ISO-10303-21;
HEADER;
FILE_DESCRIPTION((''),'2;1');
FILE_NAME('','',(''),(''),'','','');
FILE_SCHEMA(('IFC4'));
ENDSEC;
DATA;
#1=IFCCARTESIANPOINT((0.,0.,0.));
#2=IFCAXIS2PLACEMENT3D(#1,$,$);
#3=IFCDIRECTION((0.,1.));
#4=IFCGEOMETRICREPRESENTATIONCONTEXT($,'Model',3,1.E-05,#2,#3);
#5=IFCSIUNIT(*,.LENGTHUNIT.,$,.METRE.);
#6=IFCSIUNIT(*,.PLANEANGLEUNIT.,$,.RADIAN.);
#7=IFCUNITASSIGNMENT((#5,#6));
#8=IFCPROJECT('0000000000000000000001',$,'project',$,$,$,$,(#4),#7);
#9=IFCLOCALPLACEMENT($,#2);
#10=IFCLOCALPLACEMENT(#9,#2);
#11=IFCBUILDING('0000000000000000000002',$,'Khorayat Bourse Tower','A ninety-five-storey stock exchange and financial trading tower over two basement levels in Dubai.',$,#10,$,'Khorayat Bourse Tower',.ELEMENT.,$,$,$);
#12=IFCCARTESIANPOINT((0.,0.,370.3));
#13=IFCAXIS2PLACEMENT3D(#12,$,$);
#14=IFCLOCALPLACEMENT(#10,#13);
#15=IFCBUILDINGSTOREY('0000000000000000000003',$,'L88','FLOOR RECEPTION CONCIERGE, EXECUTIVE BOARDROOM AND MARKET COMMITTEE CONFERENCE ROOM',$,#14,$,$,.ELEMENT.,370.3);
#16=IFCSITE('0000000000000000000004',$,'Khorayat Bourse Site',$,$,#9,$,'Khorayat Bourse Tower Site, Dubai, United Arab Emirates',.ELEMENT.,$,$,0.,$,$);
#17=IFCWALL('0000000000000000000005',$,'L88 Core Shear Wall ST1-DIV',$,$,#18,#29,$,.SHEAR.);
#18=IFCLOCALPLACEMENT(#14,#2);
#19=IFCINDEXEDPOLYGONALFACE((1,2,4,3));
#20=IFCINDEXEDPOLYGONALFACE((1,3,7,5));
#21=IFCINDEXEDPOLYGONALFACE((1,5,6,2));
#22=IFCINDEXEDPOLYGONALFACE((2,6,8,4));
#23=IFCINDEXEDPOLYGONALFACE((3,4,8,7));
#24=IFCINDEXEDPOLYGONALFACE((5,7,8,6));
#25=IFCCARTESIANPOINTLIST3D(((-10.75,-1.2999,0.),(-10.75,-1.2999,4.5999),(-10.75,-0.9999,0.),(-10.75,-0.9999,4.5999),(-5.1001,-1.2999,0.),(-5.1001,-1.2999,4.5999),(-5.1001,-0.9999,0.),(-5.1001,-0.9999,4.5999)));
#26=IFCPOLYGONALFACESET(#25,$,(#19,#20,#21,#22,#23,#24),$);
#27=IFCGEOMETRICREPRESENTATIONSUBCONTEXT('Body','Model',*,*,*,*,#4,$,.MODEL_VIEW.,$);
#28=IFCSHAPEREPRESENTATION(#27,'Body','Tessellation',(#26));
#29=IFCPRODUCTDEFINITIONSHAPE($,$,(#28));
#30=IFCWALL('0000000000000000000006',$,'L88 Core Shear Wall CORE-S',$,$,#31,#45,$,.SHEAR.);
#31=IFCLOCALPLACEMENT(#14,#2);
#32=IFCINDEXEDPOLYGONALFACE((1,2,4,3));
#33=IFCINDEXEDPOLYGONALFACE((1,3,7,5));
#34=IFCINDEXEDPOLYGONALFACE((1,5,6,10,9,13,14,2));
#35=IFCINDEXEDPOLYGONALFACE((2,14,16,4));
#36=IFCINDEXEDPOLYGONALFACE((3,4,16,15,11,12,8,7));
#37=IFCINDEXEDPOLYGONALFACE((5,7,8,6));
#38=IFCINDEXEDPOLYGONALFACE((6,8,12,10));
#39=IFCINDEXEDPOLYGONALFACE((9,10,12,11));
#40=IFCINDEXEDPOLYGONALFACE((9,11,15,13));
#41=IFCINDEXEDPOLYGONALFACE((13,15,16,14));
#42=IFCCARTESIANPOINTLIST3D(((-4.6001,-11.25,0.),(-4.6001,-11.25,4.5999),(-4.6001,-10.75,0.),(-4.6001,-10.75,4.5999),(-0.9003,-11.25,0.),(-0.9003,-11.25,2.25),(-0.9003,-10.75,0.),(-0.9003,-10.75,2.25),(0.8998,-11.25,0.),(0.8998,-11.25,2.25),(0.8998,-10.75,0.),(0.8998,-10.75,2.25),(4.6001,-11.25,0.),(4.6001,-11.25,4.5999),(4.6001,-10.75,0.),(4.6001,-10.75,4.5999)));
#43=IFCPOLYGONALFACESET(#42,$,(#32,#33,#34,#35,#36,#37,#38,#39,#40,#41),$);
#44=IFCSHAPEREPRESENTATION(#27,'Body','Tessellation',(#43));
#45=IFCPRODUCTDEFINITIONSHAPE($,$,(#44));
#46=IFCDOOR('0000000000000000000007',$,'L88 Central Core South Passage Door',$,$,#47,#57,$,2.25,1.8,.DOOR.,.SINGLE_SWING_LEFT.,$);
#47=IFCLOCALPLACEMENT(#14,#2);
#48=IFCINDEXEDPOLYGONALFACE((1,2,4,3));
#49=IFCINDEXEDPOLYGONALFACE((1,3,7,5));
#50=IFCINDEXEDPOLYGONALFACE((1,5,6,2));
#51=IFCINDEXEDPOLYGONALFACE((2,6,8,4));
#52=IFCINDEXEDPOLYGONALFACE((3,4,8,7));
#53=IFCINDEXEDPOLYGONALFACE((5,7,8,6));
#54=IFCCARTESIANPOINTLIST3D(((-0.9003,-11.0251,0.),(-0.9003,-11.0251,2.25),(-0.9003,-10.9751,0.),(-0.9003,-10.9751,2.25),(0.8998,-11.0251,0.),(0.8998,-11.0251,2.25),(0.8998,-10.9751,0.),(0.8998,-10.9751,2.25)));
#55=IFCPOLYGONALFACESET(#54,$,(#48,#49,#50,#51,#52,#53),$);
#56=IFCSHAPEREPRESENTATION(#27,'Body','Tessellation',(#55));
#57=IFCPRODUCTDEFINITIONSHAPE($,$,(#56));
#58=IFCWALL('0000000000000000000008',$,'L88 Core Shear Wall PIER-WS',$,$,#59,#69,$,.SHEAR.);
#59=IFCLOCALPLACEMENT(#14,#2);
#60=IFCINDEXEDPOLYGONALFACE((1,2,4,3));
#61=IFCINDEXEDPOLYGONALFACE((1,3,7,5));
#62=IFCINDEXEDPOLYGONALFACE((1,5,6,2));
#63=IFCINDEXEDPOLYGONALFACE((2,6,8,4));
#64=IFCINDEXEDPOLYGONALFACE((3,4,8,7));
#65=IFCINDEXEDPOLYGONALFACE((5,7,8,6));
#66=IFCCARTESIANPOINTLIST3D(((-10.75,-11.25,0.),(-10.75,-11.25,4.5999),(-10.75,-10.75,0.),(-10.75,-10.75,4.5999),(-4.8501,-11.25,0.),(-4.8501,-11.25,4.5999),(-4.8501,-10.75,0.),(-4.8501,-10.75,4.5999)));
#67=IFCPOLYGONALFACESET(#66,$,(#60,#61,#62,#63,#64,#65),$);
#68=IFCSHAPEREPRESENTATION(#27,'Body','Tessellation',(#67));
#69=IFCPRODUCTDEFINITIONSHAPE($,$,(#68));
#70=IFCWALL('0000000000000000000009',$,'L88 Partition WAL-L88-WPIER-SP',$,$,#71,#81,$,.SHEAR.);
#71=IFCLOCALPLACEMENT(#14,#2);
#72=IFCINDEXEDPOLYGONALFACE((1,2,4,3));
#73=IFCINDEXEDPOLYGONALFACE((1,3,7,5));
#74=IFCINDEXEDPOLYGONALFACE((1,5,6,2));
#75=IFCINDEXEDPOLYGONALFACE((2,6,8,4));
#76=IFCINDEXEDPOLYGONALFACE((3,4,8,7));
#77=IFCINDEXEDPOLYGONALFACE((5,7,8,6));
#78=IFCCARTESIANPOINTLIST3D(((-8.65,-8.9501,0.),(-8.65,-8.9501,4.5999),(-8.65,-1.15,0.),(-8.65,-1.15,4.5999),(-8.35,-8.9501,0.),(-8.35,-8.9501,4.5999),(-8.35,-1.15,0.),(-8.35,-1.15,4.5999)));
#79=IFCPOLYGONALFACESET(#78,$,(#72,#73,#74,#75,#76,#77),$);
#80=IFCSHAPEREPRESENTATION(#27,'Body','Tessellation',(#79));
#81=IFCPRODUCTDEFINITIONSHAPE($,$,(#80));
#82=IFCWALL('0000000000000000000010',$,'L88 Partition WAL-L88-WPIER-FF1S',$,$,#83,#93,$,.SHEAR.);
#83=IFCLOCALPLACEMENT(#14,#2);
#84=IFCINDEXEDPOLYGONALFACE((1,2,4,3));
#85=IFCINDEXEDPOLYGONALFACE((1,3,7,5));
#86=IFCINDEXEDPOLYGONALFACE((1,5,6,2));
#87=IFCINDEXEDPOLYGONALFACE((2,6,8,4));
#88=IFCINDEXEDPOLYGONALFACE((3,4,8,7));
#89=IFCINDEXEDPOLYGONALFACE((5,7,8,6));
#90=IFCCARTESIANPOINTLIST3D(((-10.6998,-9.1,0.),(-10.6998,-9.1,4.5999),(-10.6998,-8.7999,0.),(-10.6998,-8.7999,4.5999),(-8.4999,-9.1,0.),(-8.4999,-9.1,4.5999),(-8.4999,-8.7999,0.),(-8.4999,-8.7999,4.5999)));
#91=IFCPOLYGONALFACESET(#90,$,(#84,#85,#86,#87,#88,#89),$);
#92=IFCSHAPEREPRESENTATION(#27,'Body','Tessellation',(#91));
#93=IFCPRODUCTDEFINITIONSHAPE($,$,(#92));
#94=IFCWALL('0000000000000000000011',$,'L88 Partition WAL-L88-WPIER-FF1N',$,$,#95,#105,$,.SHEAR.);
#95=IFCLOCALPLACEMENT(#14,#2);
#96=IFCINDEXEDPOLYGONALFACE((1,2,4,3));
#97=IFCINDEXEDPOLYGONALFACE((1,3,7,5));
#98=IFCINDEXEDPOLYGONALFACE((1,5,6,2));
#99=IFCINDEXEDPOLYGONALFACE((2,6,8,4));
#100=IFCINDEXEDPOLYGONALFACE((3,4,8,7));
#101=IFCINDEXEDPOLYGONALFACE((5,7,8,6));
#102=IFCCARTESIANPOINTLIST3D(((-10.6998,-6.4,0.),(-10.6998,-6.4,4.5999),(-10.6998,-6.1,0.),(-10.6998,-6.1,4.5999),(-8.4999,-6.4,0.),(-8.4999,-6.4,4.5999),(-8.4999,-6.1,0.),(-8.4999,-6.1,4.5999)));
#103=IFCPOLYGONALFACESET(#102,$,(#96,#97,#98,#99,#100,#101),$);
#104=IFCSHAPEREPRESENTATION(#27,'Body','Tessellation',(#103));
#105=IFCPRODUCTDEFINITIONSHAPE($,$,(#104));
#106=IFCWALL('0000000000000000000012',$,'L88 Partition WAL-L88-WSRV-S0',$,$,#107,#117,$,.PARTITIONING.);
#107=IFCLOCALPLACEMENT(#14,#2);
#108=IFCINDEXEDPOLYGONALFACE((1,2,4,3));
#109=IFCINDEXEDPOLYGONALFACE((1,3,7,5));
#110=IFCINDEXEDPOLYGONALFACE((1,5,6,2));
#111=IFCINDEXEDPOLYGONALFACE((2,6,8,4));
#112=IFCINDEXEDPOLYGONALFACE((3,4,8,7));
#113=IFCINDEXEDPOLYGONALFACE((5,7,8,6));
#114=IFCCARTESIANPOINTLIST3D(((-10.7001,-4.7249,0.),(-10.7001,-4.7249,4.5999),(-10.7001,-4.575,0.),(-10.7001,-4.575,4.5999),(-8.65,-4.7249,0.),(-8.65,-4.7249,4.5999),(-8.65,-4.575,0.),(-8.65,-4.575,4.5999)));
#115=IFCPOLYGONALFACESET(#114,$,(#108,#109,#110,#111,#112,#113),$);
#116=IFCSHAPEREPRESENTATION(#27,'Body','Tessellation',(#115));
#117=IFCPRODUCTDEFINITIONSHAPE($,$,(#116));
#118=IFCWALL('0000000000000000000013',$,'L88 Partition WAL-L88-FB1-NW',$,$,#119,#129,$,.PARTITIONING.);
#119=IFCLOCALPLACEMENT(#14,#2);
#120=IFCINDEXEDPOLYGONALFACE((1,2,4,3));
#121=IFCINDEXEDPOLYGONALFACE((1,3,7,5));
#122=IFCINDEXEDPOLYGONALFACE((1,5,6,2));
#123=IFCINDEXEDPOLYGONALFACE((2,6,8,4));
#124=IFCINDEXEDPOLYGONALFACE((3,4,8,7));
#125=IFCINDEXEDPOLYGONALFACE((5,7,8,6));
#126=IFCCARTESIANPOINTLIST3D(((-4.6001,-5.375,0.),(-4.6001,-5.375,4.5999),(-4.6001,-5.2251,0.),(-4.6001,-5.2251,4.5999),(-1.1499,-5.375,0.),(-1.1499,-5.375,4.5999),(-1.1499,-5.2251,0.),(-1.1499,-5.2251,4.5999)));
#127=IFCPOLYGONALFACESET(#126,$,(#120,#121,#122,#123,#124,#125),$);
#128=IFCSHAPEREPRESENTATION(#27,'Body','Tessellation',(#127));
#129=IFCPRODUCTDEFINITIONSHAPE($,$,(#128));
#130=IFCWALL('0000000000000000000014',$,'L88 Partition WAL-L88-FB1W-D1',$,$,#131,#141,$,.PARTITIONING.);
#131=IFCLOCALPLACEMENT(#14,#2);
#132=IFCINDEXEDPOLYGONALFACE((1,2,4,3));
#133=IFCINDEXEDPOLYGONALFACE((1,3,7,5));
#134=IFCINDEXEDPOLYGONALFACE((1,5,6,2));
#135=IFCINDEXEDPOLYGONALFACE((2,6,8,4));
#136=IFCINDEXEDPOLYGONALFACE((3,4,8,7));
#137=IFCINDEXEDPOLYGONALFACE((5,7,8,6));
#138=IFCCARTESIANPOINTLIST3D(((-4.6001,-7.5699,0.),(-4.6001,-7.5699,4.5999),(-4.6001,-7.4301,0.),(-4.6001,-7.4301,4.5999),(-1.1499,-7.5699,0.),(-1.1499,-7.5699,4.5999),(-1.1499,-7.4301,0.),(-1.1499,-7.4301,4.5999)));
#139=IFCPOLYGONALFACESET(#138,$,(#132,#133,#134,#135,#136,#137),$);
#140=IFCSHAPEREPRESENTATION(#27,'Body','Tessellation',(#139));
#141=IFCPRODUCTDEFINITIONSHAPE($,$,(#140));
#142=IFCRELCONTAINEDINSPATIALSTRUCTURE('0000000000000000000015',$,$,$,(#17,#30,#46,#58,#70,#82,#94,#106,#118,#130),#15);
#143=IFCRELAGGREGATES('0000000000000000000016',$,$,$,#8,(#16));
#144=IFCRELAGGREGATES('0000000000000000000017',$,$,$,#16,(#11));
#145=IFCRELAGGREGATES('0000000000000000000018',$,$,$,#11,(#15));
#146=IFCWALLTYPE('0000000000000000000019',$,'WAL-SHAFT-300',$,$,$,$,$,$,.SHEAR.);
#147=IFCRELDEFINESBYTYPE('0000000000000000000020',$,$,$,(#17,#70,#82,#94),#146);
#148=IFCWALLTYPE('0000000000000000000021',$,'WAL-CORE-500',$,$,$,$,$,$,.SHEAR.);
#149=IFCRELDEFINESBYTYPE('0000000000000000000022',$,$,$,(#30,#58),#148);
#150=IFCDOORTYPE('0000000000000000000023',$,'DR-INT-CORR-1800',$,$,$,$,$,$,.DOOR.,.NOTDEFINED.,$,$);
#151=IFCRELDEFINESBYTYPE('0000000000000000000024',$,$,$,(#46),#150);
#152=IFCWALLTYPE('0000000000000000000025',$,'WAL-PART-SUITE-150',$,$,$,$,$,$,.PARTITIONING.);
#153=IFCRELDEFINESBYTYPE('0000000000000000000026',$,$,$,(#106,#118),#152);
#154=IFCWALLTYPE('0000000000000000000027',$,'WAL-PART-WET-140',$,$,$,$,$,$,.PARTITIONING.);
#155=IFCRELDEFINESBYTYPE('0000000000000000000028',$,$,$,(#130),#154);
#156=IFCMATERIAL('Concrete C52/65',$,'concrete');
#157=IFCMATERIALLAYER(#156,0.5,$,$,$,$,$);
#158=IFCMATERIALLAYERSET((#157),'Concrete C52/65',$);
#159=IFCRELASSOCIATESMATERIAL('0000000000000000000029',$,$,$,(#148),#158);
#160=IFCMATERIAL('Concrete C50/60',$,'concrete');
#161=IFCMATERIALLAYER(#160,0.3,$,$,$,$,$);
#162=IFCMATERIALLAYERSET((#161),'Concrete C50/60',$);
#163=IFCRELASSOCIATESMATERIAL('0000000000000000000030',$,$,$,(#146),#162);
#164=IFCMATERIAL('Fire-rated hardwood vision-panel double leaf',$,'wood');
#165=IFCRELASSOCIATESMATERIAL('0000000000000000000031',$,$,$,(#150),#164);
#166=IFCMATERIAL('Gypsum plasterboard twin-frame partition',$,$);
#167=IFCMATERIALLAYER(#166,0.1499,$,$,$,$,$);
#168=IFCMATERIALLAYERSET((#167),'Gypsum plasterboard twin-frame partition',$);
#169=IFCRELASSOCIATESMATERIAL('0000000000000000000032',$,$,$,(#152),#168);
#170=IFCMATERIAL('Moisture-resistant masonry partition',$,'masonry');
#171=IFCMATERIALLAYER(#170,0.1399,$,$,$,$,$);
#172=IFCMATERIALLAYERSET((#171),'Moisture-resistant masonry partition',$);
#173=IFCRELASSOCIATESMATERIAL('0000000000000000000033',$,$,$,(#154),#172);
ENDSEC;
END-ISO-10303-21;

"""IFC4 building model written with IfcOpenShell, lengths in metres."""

from ifc_helpers import new_model, si_unit, direction, frame, frame_2d, origin, place, context, subcontext, project, spatial, rectangle, extrude, source, transform, mapped, material, layer, layer_set, type_object, element, fill, save


model = new_model("IFC4")

# Units and contexts
model_context = context("Model", 3, precision=1e-05, world=origin(), true_north=direction((0.0, 1.0)))
body_context = subcontext(model_context, "Body", "Model", "MODEL_VIEW")
ifc_project = project(units=[si_unit("LENGTHUNIT", "METRE"), si_unit("PLANEANGLEUNIT", "RADIAN")], contexts=[model_context])

# Site, building, storey
site_placement = place(None, origin())
site = spatial("IfcSite", under=ifc_project, at=site_placement, Name="Khorayat Bourse Site", LongName="Khorayat Bourse Tower Site, Dubai, United Arab Emirates", CompositionType="ELEMENT", RefElevation=0.0)
building_placement = place(site_placement, origin())
building = spatial("IfcBuilding", under=site, at=building_placement, Name="Khorayat Bourse Tower", Description="A ninety-five-storey stock exchange and financial trading tower over two basement levels in Dubai.", LongName="Khorayat Bourse Tower", CompositionType="ELEMENT")
storey_placement = place(building_placement, frame((0.0, 0.0, 370.3)))
storey = spatial("IfcBuildingStorey", under=building, at=storey_placement, Name="L88", Description="FLOOR RECEPTION CONCIERGE, EXECUTIVE BOARDROOM AND MARKET COMMITTEE CONFERENCE ROOM", CompositionType="ELEMENT", Elevation=370.3)

# Shared definitions
ifc_material_1 = material(Name="Concrete C52/65", Category="concrete")

# Wall
ifc_layer_1 = layer(ifc_material_1, 0.5)
ifc_layer_set_1 = layer_set([ifc_layer_1], Name="Concrete C52/65")
wall_type_1 = type_object("IfcWallType", Name="WAL-CORE-500", PredefinedType="SHEAR", material=ifc_layer_set_1)
ifc_material_2 = material(Name="Concrete C50/60", Category="concrete")
ifc_layer_2 = layer(ifc_material_2, 0.3)
ifc_layer_set_2 = layer_set([ifc_layer_2], Name="Concrete C50/60")
wall_type_2 = type_object("IfcWallType", Name="WAL-SHAFT-300", PredefinedType="SHEAR", material=ifc_layer_set_2)
shared_shape_1 = source(origin(), body_context, "Body", "SweptSolid", [
    extrude(rectangle(XDim=5.6499, YDim=0.3, at=frame_2d((2.825, 0.0))), origin(), (0.0, 0.0, 1.0), 4.5999),
])
wall_1_placement = place(storey_placement, frame((-10.75, -1.1499, 0.0), z_axis=(0.0, 0.0, 1.0), x_axis=(1.0, 0.0, 0.0)))
element("IfcWall", 1, at=wall_1_placement, inside=storey, type_object=wall_type_2, Name="L88 Core Shear Wall ST1-DIV", PredefinedType="SHEAR", context=body_context, shape_type="MappedRepresentation", body=[
    mapped(shared_shape_1, transform((0.0, 0.0, 0.0), scale=1.0)),
])

# Wall, opening, door
shared_shape_2 = source(origin(), body_context, "Body", "SweptSolid", [
    extrude(rectangle(XDim=9.2002, YDim=0.5, at=frame_2d((4.6001, 0.0))), origin(), (0.0, 0.0, 1.0), 4.5999),
])
wall_2_placement = place(storey_placement, frame((-4.6001, -11.0, 0.0), z_axis=(0.0, 0.0, 1.0), x_axis=(1.0, 0.0, 0.0)))
wall_2 = element("IfcWall", 2, at=wall_2_placement, inside=storey, type_object=wall_type_1, Name="L88 Core Shear Wall CORE-S", PredefinedType="SHEAR", context=body_context, shape_type="MappedRepresentation", body=[
    mapped(shared_shape_2, transform((0.0, 0.0, 0.0), scale=1.0)),
])
shared_shape_3 = source(origin(), body_context, "Body", "SweptSolid", [
    extrude(rectangle(XDim=1.8, YDim=2.25, at=frame_2d((0.8999, 1.125))), frame((0.0, 0.26, 0.0), z_axis=(0.0, -1.0, 0.0), x_axis=(1.0, 0.0, 0.0)), (0.0, 0.0, 1.0), 0.52),
])
opening_placement = place(wall_2_placement, frame((3.7, 0.0, 0.0)))
opening = element("IfcOpeningElement", 3, at=opening_placement, cuts=wall_2, PredefinedType="OPENING", context=body_context, shape_type="MappedRepresentation", body=[
    mapped(shared_shape_3, transform((0.0, 0.0, 0.0), scale=1.0)),
])
ifc_material_3 = material(Name="Fire-rated hardwood vision-panel double leaf", Category="wood")
door_type = type_object("IfcDoorType", Name="DR-INT-CORR-1800", OperationType="NOTDEFINED", PredefinedType="DOOR", material=ifc_material_3)
shared_shape_4 = source(origin(), body_context, "Body", "SweptSolid", [
    extrude(rectangle(XDim=1.8, YDim=2.25, at=frame_2d((0.8999, 1.125))), frame((0.0, 0.0249, 0.0), z_axis=(0.0, -1.0, 0.0), x_axis=(1.0, 0.0, 0.0)), (0.0, 0.0, 1.0), 0.05),
])
door_placement = place(opening_placement, origin())
door = element("IfcDoor", 4, at=door_placement, inside=storey, type_object=door_type, Name="L88 Central Core South Passage Door", OperationType="SINGLE_SWING_LEFT", OverallHeight=2.25, OverallWidth=1.8, PredefinedType="DOOR", context=body_context, shape_type="MappedRepresentation", body=[
    mapped(shared_shape_4, transform((0.0, 0.0, 0.0), scale=1.0)),
])
fill(opening, door)

# Walls
shared_shape_5 = source(origin(), body_context, "Body", "SweptSolid", [
    extrude(rectangle(XDim=5.8999, YDim=0.5, at=frame_2d((2.95, 0.0))), origin(), (0.0, 0.0, 1.0), 4.5999),
])
wall_3_placement = place(storey_placement, frame((-10.75, -11.0, 0.0), z_axis=(0.0, 0.0, 1.0), x_axis=(1.0, 0.0, 0.0)))
element("IfcWall", 5, at=wall_3_placement, inside=storey, type_object=wall_type_1, Name="L88 Core Shear Wall PIER-WS", PredefinedType="SHEAR", context=body_context, shape_type="MappedRepresentation", body=[
    mapped(shared_shape_5, transform((0.0, 0.0, 0.0), scale=1.0)),
])
shared_shape_6 = source(origin(), body_context, "Body", "SweptSolid", [
    extrude(rectangle(XDim=7.8, YDim=0.3, at=frame_2d((3.8999, 0.0))), origin(), (0.0, 0.0, 1.0), 4.5999),
])
wall_4_placement = place(storey_placement, frame((-8.5, -8.95, 0.0), z_axis=(0.0, 0.0, 1.0), x_axis=(0.0, 1.0, 0.0)))
element("IfcWall", 6, at=wall_4_placement, inside=storey, type_object=wall_type_2, Name="L88 Partition WAL-L88-WPIER-SP", PredefinedType="SHEAR", context=body_context, shape_type="MappedRepresentation", body=[
    mapped(shared_shape_6, transform((0.0, 0.0, 0.0), scale=1.0)),
])
shared_shape_7 = source(origin(), body_context, "Body", "SweptSolid", [
    extrude(rectangle(XDim=2.2, YDim=0.3, at=frame_2d((1.1001, 0.0))), origin(), (0.0, 0.0, 1.0), 4.5999),
])
for number, where, z_axis, x_axis, name in (
    (7, (-10.7, -8.95, 0.0), (0.0, 0.0, 1.0), (1.0, 0.0, 0.0), "L88 Partition WAL-L88-WPIER-FF1S"),
    (8, (-10.7, -6.25, 0.0), (0.0, 0.0, 1.0), (1.0, 0.0, 0.0), "L88 Partition WAL-L88-WPIER-FF1N"),
):
    element("IfcWall", number, at=place(storey_placement, frame(where, z_axis=z_axis, x_axis=x_axis)), inside=storey, type_object=wall_type_2, Name=name, PredefinedType="SHEAR", context=body_context, shape_type="MappedRepresentation", body=[
        mapped(shared_shape_7, transform((0.0, 0.0, 0.0), scale=1.0)),
    ])
ifc_material_4 = material(Name="Gypsum plasterboard twin-frame partition")
ifc_layer_3 = layer(ifc_material_4, 0.1499)
ifc_layer_set_3 = layer_set([ifc_layer_3], Name="Gypsum plasterboard twin-frame partition")
wall_type_3 = type_object("IfcWallType", Name="WAL-PART-SUITE-150", PredefinedType="PARTITIONING", material=ifc_layer_set_3)
shared_shape_8 = source(origin(), body_context, "Body", "SweptSolid", [
    extrude(rectangle(XDim=2.05, YDim=0.1499, at=frame_2d((1.0249, 0.0))), origin(), (0.0, 0.0, 1.0), 4.5999),
])
wall_5_placement = place(storey_placement, frame((-10.7, -4.6499, 0.0), z_axis=(0.0, 0.0, 1.0), x_axis=(1.0, 0.0, 0.0)))
element("IfcWall", 9, at=wall_5_placement, inside=storey, type_object=wall_type_3, Name="L88 Partition WAL-L88-WSRV-S0", PredefinedType="PARTITIONING", context=body_context, shape_type="MappedRepresentation", body=[
    mapped(shared_shape_8, transform((0.0, 0.0, 0.0), scale=1.0)),
])
shared_shape_9 = source(origin(), body_context, "Body", "SweptSolid", [
    extrude(rectangle(XDim=3.4502, YDim=0.1499, at=frame_2d((1.7251, 0.0))), origin(), (0.0, 0.0, 1.0), 4.5999),
])
wall_6_placement = place(storey_placement, frame((-4.6001, -5.3, 0.0), z_axis=(0.0, 0.0, 1.0), x_axis=(1.0, 0.0, 0.0)))
element("IfcWall", 10, at=wall_6_placement, inside=storey, type_object=wall_type_3, Name="L88 Partition WAL-L88-FB1-NW", PredefinedType="PARTITIONING", context=body_context, shape_type="MappedRepresentation", body=[
    mapped(shared_shape_9, transform((0.0, 0.0, 0.0), scale=1.0)),
])
ifc_material_5 = material(Name="Moisture-resistant masonry partition", Category="masonry")
ifc_layer_4 = layer(ifc_material_5, 0.1399)
ifc_layer_set_4 = layer_set([ifc_layer_4], Name="Moisture-resistant masonry partition")
wall_type_4 = type_object("IfcWallType", Name="WAL-PART-WET-140", PredefinedType="PARTITIONING", material=ifc_layer_set_4)
shared_shape_10 = source(origin(), body_context, "Body", "SweptSolid", [
    extrude(rectangle(XDim=3.4502, YDim=0.1399, at=frame_2d((1.7251, 0.0))), origin(), (0.0, 0.0, 1.0), 4.5999),
])
wall_7_placement = place(storey_placement, frame((-4.6001, -7.5, 0.0), z_axis=(0.0, 0.0, 1.0), x_axis=(1.0, 0.0, 0.0)))
element("IfcWall", 11, at=wall_7_placement, inside=storey, type_object=wall_type_4, Name="L88 Partition WAL-L88-FB1W-D1", PredefinedType="PARTITIONING", context=body_context, shape_type="MappedRepresentation", body=[
    mapped(shared_shape_10, transform((0.0, 0.0, 0.0), scale=1.0)),
])

save(model, "model.ifc")
